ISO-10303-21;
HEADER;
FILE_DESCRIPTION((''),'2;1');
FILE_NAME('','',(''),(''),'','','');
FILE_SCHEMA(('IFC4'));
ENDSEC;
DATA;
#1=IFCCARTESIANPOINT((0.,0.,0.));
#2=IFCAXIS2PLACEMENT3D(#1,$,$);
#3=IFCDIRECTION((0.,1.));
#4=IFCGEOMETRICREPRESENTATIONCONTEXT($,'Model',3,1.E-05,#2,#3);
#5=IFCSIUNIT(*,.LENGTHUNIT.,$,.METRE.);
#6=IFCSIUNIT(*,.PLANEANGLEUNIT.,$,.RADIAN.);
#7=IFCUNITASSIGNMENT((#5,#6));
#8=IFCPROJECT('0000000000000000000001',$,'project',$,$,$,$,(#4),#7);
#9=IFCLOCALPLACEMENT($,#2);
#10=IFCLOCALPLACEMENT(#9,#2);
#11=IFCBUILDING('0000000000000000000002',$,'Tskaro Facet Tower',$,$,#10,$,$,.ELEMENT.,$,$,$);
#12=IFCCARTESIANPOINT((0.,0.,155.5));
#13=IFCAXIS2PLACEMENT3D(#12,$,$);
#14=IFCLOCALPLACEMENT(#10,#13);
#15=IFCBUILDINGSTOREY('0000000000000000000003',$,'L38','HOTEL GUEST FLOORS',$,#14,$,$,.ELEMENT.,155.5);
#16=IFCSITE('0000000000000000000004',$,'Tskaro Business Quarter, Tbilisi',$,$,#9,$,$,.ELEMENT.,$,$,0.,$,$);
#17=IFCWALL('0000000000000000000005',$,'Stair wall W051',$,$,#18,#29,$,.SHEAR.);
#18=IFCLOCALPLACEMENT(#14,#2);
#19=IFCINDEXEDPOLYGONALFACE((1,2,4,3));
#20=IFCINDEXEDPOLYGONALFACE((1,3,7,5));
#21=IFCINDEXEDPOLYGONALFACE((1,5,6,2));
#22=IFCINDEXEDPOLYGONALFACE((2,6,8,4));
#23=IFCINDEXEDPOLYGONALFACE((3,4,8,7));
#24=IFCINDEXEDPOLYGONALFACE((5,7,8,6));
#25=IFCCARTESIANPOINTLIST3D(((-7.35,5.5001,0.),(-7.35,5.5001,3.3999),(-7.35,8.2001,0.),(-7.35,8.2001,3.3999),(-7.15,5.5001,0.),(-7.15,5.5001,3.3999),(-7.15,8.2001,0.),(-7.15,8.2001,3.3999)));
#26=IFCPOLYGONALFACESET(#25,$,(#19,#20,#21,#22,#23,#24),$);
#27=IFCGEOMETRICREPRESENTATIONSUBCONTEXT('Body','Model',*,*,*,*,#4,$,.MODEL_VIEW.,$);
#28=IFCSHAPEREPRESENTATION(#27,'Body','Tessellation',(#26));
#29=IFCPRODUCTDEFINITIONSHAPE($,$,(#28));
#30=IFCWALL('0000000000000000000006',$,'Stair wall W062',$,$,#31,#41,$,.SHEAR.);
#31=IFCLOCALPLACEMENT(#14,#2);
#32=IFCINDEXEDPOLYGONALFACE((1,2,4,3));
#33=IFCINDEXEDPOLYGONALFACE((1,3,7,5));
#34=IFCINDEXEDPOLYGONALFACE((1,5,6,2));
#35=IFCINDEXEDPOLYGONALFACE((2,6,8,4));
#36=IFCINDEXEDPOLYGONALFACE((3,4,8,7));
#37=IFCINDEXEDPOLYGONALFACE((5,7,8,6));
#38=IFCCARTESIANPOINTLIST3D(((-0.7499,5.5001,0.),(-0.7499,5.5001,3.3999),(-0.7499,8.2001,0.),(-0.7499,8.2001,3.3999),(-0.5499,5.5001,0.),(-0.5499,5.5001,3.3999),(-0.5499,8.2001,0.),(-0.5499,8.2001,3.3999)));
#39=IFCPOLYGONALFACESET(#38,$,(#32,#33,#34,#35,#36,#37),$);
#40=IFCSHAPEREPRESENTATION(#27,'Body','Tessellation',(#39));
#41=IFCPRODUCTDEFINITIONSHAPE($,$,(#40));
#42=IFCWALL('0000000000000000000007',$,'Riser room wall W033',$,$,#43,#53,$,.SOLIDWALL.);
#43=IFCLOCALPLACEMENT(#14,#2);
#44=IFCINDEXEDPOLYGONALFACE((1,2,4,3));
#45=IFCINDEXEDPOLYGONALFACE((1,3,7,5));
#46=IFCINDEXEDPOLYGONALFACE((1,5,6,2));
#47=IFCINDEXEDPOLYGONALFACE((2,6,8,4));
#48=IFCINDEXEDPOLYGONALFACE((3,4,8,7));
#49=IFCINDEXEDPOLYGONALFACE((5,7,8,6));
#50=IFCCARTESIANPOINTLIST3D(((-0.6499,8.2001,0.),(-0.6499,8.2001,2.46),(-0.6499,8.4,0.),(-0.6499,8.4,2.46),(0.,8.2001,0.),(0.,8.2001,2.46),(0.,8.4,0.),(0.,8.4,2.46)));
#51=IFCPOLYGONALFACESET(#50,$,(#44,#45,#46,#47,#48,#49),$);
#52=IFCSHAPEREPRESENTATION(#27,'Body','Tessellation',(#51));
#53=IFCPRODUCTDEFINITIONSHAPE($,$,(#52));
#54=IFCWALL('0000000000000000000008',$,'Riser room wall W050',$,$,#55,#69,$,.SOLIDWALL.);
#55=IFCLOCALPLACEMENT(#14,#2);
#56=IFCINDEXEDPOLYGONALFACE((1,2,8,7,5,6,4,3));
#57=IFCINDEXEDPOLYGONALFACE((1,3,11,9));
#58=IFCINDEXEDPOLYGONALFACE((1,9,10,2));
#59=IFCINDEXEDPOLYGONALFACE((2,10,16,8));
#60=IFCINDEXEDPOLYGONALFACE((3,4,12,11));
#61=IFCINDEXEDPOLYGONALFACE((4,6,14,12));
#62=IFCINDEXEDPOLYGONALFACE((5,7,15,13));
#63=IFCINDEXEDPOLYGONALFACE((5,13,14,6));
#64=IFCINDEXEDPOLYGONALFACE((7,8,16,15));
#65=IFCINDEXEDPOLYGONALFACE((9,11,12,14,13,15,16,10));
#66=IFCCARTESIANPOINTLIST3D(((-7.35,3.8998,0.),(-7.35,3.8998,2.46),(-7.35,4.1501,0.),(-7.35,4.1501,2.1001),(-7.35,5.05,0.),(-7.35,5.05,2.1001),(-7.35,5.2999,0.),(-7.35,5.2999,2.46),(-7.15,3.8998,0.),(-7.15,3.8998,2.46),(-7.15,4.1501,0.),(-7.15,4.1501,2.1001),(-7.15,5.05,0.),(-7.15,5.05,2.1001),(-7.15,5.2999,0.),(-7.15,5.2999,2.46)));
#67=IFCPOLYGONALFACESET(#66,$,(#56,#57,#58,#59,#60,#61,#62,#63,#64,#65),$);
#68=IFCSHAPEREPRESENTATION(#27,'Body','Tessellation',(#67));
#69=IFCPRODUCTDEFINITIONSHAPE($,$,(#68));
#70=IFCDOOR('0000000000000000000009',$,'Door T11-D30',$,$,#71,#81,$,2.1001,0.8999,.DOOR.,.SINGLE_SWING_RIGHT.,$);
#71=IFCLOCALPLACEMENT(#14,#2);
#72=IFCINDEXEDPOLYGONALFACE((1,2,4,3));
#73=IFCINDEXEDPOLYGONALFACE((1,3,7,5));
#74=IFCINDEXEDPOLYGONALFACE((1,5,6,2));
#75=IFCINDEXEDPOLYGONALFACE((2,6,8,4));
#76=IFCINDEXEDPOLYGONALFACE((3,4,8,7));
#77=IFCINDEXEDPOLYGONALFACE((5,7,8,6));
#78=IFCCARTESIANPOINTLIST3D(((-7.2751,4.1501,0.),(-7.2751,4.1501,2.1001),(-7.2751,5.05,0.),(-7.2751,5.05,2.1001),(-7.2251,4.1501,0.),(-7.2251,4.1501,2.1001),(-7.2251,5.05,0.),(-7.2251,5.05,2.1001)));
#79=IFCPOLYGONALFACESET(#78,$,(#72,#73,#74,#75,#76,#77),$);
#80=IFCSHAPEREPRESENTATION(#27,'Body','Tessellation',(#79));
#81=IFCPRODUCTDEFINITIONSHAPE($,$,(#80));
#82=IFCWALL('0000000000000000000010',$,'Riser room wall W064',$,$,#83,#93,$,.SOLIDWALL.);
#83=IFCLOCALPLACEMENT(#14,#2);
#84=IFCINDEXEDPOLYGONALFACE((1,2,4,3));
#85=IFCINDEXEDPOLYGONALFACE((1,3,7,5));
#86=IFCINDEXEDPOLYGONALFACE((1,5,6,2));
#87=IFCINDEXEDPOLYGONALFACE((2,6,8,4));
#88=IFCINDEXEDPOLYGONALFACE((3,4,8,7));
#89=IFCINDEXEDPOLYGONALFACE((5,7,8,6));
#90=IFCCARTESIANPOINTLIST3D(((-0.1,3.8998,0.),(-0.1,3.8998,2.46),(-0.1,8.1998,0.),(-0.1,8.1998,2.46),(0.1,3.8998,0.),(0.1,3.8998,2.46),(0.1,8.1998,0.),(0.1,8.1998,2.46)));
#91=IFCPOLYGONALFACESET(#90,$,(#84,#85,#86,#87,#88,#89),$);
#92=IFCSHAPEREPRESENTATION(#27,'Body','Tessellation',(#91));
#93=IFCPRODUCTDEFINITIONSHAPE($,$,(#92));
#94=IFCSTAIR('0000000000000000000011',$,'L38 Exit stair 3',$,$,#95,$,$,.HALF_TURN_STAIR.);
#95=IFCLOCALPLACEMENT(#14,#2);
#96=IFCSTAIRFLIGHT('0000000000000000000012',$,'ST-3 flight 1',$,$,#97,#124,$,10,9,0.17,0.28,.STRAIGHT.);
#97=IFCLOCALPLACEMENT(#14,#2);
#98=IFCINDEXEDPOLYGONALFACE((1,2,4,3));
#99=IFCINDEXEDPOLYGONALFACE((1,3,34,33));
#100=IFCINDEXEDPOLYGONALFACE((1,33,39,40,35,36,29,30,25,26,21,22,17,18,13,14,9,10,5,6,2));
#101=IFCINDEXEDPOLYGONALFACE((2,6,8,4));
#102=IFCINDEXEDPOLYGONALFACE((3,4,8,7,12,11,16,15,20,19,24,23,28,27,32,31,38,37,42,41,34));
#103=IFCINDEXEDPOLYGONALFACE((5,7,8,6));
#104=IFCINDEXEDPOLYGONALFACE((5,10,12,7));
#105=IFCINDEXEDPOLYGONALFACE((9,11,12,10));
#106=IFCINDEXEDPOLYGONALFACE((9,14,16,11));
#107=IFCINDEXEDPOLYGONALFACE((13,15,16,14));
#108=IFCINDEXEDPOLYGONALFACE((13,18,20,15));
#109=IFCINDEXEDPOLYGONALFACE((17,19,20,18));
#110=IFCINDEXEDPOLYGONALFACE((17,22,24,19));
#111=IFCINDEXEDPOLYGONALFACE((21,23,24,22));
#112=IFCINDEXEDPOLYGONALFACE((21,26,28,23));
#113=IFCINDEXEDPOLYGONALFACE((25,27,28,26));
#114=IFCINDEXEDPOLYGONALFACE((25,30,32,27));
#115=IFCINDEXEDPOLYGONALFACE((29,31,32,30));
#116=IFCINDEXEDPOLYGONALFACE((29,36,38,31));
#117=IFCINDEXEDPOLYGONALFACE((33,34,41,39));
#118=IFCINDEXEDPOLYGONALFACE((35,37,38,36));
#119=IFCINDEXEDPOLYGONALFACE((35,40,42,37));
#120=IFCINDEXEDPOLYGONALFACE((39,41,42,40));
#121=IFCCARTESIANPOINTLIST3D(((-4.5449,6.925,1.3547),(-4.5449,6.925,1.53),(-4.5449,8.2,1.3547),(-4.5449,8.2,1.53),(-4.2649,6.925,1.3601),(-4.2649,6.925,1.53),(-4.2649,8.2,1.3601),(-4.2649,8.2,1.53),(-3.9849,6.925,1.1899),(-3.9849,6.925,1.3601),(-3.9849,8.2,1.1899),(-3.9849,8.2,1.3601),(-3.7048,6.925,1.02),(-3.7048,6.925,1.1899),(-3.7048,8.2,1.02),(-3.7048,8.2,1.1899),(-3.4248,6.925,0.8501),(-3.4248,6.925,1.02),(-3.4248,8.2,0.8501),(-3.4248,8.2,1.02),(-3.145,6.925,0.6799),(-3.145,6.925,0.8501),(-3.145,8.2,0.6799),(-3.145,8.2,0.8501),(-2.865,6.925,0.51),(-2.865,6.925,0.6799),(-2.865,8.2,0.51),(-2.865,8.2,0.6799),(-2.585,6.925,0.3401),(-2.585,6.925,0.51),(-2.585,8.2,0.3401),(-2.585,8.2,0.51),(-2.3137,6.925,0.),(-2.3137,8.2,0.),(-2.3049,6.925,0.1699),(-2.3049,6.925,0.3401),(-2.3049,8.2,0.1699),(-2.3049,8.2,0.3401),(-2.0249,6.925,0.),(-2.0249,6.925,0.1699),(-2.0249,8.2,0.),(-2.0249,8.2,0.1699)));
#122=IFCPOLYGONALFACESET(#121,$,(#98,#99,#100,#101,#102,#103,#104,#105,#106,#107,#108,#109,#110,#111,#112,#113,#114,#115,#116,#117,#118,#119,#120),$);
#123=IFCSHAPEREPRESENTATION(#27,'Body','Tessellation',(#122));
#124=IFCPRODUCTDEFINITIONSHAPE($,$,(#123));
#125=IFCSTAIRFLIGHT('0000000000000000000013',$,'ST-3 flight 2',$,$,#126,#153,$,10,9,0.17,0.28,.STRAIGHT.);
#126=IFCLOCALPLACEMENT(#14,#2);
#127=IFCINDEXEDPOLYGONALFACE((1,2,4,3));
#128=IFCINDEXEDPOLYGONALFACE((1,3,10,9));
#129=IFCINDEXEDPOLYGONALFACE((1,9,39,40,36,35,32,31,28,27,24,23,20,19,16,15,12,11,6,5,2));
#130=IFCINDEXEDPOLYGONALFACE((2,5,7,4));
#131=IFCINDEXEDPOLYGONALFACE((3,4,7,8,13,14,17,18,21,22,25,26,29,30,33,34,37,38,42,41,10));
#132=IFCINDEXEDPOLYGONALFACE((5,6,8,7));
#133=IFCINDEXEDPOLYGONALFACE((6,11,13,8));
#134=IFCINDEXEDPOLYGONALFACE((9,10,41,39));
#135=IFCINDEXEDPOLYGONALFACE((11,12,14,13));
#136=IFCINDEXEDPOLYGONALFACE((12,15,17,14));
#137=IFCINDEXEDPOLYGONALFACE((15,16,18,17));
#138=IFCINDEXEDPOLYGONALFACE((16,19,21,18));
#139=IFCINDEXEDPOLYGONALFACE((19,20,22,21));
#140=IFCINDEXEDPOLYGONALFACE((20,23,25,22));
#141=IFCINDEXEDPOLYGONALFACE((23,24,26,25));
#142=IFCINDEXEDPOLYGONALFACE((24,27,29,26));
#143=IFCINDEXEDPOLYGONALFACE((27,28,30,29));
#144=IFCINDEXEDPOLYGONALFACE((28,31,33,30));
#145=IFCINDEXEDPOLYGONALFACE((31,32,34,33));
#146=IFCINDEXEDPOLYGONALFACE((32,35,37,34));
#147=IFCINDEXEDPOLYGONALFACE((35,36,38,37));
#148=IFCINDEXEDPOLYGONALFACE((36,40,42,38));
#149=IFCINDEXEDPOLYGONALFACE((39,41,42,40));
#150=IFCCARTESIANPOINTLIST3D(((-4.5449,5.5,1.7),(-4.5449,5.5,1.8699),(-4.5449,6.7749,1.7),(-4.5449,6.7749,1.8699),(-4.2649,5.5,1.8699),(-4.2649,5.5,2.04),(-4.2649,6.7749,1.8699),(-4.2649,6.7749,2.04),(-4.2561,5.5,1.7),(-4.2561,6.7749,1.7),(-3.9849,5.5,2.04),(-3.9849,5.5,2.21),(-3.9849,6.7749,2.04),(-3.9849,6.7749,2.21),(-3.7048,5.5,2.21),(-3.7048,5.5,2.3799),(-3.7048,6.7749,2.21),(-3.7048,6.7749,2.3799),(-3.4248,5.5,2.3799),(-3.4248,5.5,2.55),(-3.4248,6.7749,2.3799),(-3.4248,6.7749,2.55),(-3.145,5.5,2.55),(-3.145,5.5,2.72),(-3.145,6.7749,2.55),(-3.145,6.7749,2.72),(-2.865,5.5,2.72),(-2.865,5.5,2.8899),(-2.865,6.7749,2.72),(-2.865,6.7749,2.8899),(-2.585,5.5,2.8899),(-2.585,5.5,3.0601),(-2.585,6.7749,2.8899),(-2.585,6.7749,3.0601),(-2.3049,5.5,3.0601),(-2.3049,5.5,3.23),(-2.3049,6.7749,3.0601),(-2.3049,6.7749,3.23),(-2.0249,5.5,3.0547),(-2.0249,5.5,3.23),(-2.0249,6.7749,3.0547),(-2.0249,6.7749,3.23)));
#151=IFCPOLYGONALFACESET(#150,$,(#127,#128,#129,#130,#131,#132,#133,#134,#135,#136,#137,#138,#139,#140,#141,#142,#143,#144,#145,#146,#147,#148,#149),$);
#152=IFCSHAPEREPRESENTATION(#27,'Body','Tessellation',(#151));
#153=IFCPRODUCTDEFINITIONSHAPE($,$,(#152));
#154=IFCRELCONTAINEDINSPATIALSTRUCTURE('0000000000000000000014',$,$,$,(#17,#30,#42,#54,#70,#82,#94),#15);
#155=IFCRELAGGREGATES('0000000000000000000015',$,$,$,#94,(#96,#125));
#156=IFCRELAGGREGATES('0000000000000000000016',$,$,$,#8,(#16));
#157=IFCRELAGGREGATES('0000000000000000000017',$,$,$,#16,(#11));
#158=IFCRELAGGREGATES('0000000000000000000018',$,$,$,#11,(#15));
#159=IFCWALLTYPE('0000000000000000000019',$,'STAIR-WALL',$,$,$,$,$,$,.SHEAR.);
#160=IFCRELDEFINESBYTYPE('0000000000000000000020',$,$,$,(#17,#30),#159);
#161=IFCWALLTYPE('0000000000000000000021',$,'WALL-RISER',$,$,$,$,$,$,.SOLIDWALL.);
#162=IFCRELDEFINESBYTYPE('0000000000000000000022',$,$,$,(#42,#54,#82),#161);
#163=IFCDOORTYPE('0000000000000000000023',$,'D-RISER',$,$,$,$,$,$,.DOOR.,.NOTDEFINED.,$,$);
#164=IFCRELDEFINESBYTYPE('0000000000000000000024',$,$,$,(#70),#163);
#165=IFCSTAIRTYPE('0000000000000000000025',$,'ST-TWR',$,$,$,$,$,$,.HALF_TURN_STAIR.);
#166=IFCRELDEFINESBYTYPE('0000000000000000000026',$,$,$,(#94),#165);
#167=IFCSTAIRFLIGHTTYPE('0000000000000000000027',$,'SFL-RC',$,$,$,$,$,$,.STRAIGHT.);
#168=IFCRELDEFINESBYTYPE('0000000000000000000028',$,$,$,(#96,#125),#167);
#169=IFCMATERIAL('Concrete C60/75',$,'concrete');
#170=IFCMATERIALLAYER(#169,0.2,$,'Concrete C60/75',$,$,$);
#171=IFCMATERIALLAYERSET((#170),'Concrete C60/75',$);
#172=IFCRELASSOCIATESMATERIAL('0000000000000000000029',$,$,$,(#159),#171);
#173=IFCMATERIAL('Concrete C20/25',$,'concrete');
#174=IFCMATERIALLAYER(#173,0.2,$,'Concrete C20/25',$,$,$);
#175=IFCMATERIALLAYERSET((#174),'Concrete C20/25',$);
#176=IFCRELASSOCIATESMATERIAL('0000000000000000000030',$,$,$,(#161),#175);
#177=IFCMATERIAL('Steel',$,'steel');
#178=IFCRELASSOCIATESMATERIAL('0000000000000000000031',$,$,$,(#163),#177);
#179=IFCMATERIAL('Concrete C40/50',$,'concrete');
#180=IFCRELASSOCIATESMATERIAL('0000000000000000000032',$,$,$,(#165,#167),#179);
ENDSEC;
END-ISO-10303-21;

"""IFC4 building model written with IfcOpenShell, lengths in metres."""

from ifc_helpers import new_model, si_unit, direction, frame, frame_2d, origin, place, context, subcontext, project, spatial, polyline, rectangle, outline, extrude, material, layer, layer_set, type_object, element, fill, aggregate, save


model = new_model("IFC4")

# Units and contexts
model_context = context("Model", 3, precision=1e-05, world=origin(), true_north=direction((0.0, 1.0)))
body_context = subcontext(model_context, "Body", "Model", "MODEL_VIEW")
ifc_project = project(units=[si_unit("LENGTHUNIT", "METRE"), si_unit("PLANEANGLEUNIT", "RADIAN")], contexts=[model_context])

# Site, building, storey
site_placement = place(None, origin())
site = spatial("IfcSite", under=ifc_project, at=site_placement, Name="Tskaro Business Quarter, Tbilisi", CompositionType="ELEMENT", RefElevation=0.0)
building_placement = place(site_placement, origin())
building = spatial("IfcBuilding", under=site, at=building_placement, Name="Tskaro Facet Tower", CompositionType="ELEMENT")
storey_placement = place(building_placement, frame((0.0, 0.0, 155.5)))
storey = spatial("IfcBuildingStorey", under=building, at=storey_placement, Name="L38", Description="HOTEL GUEST FLOORS", CompositionType="ELEMENT", Elevation=155.5)

# Shared definitions
ifc_material_1 = material(Name="Concrete C60/75", Category="concrete")
ifc_layer_1 = layer(ifc_material_1, 0.2, Name="Concrete C60/75")
ifc_layer_set_1 = layer_set([ifc_layer_1], Name="Concrete C60/75")
wall_type_1 = type_object("IfcWallType", Name="STAIR-WALL", PredefinedType="SHEAR", material=ifc_layer_set_1)

# Shared definitions
ifc_material_2 = material(Name="Steel", Category="steel")

# Walls
for number, where, z_axis, x_axis, name in (
    (1, (-7.25, 5.5, 0.0), (0.0, 0.0, 1.0), (0.0, 1.0, 0.0), "Stair wall W051"),
    (2, (-0.6499, 5.5, 0.0), (0.0, 0.0, 1.0), (0.0, 1.0, 0.0), "Stair wall W062"),
):
    element("IfcWall", number, at=place(storey_placement, frame(where, z_axis=z_axis, x_axis=x_axis)), inside=storey, type_object=wall_type_1, Name=name, PredefinedType="SHEAR", context=body_context, shape_type="SweptSolid", body=[
        extrude(rectangle(XDim=2.7, YDim=0.2, at=frame_2d((1.3501, 0.0))), origin(), (0.0, 0.0, 1.0), 3.3999),
    ])
ifc_material_3 = material(Name="Concrete C20/25", Category="concrete")
ifc_layer_2 = layer(ifc_material_3, 0.2, Name="Concrete C20/25")
ifc_layer_set_2 = layer_set([ifc_layer_2], Name="Concrete C20/25")
wall_type_2 = type_object("IfcWallType", Name="WALL-RISER", PredefinedType="SOLIDWALL", material=ifc_layer_set_2)
wall_1_placement = place(storey_placement, frame((-0.6499, 8.3, 0.0), z_axis=(0.0, 0.0, 1.0), x_axis=(1.0, 0.0, 0.0)))
element("IfcWall", 3, at=wall_1_placement, inside=storey, type_object=wall_type_2, Name="Riser room wall W033", PredefinedType="SOLIDWALL", context=body_context, shape_type="SweptSolid", body=[
    extrude(rectangle(XDim=0.6499, YDim=0.2, at=frame_2d((0.325, 0.0))), origin(), (0.0, 0.0, 1.0), 2.46),
])

# Wall, opening, door
wall_2_placement = place(storey_placement, frame((-7.25, 5.3, 0.0), z_axis=(0.0, 0.0, 1.0), x_axis=(0.0, -1.0, 0.0)))
wall_2 = element("IfcWall", 4, at=wall_2_placement, inside=storey, type_object=wall_type_2, Name="Riser room wall W050", PredefinedType="SOLIDWALL", context=body_context, shape_type="SweptSolid", body=[
    extrude(rectangle(XDim=1.4001, YDim=0.2, at=frame_2d((0.7002, 0.0))), origin(), (0.0, 0.0, 1.0), 2.46),
])
opening_1_placement = place(wall_2_placement, frame((0.25, 0.0, 0.0)))
opening_1 = element("IfcOpeningElement", 5, at=opening_1_placement, cuts=wall_2, PredefinedType="OPENING", context=body_context, shape_type="SweptSolid", body=[
    extrude(rectangle(XDim=0.8999, YDim=2.1001, at=frame_2d((0.45, 1.05))), frame((0.0, 0.1099, 0.0), z_axis=(0.0, -1.0, 0.0), x_axis=(1.0, 0.0, 0.0)), (0.0, 0.0, 1.0), 0.22),
])
door_type_1 = type_object("IfcDoorType", Name="D-RISER", OperationType="NOTDEFINED", PredefinedType="DOOR", material=ifc_material_2)
door_1_placement = place(opening_1_placement, origin())
door_1 = element("IfcDoor", 6, at=door_1_placement, inside=storey, type_object=door_type_1, Name="Door T11-D30", OperationType="SINGLE_SWING_RIGHT", OverallHeight=2.1001, OverallWidth=0.8999, PredefinedType="DOOR", context=body_context, shape_type="SweptSolid", body=[
    extrude(rectangle(XDim=0.8999, YDim=2.1001, at=frame_2d((0.45, 1.05))), frame((0.0, 0.0249, 0.0), z_axis=(0.0, -1.0, 0.0), x_axis=(1.0, 0.0, 0.0)), (0.0, 0.0, 1.0), 0.05),
])
fill(opening_1, door_1)

# Wall
wall_3_placement = place(storey_placement, frame((0.0, 3.8999, 0.0), z_axis=(0.0, 0.0, 1.0), x_axis=(0.0, 1.0, 0.0)))
element("IfcWall", 7, at=wall_3_placement, inside=storey, type_object=wall_type_2, Name="Riser room wall W064", PredefinedType="SOLIDWALL", context=body_context, shape_type="SweptSolid", body=[
    extrude(rectangle(XDim=4.3, YDim=0.2, at=frame_2d((2.1499, 0.0))), origin(), (0.0, 0.0, 1.0), 2.46),
])

# Stair, stair flights
ifc_material_4 = material(Name="Concrete C40/50", Category="concrete")
stair_type = type_object("IfcStairType", Name="ST-TWR", PredefinedType="HALF_TURN_STAIR", material=ifc_material_4)
stair_placement = place(storey_placement, origin())
stair = element("IfcStair", 8, at=stair_placement, inside=storey, type_object=stair_type, Name="L38 Exit stair 3", PredefinedType="HALF_TURN_STAIR")
stair_flight_type = type_object("IfcStairFlightType", Name="SFL-RC", PredefinedType="STRAIGHT", material=ifc_material_4)
stair_flight_1_placement = place(storey_placement, frame((-2.0249, 7.5625, 0.0), z_axis=(0.0, 0.0, 1.0), x_axis=(-1.0, 0.0, 0.0)))
stair_flight_1 = element("IfcStairFlight", 9, at=stair_flight_1_placement, type_object=stair_flight_type, Name="ST-3 flight 1", NumberOfRisers=10, NumberOfTreads=9, PredefinedType="STRAIGHT", RiserHeight=0.17, TreadLength=0.28, context=body_context, shape_type="SweptSolid", body=[
    extrude(outline(polyline([(0.0, 0.0), (0.0, 0.1699), (0.28, 0.1699), (0.28, 0.3401), (0.5601, 0.3401), (0.5601, 0.51), (0.8401, 0.51), (0.8401, 0.6799), (1.1201, 0.6799), (1.1201, 0.8501), (1.3999, 0.8501), (1.3999, 1.02), (1.6799, 1.02), (1.6799, 1.1899), (1.96, 1.1899), (1.96, 1.3601), (2.24, 1.3601), (2.24, 1.53), (2.52, 1.53), (2.52, 1.7), (2.52, 1.3547), (0.2888, 0.0), (0.0, 0.0)])), frame((0.0, 0.6375, 0.0), z_axis=(0.0, -1.0, 0.0), x_axis=(1.0, 0.0, 0.0)), (0.0, 0.0, 1.0), 1.2749),
])
stair_flight_2_placement = place(storey_placement, frame((-4.5449, 6.1375, 1.7), z_axis=(0.0, 0.0, 1.0), x_axis=(1.0, 0.0, 0.0)))
stair_flight_2 = element("IfcStairFlight", 10, at=stair_flight_2_placement, type_object=stair_flight_type, Name="ST-3 flight 2", NumberOfRisers=10, NumberOfTreads=9, PredefinedType="STRAIGHT", RiserHeight=0.17, TreadLength=0.28, context=body_context, shape_type="SweptSolid", body=[
    extrude(outline(polyline([(0.0, 0.0), (0.0, 0.1699), (0.28, 0.1699), (0.28, 0.3401), (0.5601, 0.3401), (0.5601, 0.51), (0.8401, 0.51), (0.8401, 0.6799), (1.1201, 0.6799), (1.1201, 0.8501), (1.3999, 0.8501), (1.3999, 1.02), (1.6799, 1.02), (1.6799, 1.1899), (1.96, 1.1899), (1.96, 1.3601), (2.24, 1.3601), (2.24, 1.53), (2.52, 1.53), (2.52, 1.7), (2.52, 1.3547), (0.2888, 0.0), (0.0, 0.0)])), frame((0.0, 0.6375, 0.0), z_axis=(0.0, -1.0, 0.0), x_axis=(1.0, 0.0, 0.0)), (0.0, 0.0, 1.0), 1.2749),
])
aggregate(stair, [stair_flight_1, stair_flight_2])

save(model, "model.ifc")
